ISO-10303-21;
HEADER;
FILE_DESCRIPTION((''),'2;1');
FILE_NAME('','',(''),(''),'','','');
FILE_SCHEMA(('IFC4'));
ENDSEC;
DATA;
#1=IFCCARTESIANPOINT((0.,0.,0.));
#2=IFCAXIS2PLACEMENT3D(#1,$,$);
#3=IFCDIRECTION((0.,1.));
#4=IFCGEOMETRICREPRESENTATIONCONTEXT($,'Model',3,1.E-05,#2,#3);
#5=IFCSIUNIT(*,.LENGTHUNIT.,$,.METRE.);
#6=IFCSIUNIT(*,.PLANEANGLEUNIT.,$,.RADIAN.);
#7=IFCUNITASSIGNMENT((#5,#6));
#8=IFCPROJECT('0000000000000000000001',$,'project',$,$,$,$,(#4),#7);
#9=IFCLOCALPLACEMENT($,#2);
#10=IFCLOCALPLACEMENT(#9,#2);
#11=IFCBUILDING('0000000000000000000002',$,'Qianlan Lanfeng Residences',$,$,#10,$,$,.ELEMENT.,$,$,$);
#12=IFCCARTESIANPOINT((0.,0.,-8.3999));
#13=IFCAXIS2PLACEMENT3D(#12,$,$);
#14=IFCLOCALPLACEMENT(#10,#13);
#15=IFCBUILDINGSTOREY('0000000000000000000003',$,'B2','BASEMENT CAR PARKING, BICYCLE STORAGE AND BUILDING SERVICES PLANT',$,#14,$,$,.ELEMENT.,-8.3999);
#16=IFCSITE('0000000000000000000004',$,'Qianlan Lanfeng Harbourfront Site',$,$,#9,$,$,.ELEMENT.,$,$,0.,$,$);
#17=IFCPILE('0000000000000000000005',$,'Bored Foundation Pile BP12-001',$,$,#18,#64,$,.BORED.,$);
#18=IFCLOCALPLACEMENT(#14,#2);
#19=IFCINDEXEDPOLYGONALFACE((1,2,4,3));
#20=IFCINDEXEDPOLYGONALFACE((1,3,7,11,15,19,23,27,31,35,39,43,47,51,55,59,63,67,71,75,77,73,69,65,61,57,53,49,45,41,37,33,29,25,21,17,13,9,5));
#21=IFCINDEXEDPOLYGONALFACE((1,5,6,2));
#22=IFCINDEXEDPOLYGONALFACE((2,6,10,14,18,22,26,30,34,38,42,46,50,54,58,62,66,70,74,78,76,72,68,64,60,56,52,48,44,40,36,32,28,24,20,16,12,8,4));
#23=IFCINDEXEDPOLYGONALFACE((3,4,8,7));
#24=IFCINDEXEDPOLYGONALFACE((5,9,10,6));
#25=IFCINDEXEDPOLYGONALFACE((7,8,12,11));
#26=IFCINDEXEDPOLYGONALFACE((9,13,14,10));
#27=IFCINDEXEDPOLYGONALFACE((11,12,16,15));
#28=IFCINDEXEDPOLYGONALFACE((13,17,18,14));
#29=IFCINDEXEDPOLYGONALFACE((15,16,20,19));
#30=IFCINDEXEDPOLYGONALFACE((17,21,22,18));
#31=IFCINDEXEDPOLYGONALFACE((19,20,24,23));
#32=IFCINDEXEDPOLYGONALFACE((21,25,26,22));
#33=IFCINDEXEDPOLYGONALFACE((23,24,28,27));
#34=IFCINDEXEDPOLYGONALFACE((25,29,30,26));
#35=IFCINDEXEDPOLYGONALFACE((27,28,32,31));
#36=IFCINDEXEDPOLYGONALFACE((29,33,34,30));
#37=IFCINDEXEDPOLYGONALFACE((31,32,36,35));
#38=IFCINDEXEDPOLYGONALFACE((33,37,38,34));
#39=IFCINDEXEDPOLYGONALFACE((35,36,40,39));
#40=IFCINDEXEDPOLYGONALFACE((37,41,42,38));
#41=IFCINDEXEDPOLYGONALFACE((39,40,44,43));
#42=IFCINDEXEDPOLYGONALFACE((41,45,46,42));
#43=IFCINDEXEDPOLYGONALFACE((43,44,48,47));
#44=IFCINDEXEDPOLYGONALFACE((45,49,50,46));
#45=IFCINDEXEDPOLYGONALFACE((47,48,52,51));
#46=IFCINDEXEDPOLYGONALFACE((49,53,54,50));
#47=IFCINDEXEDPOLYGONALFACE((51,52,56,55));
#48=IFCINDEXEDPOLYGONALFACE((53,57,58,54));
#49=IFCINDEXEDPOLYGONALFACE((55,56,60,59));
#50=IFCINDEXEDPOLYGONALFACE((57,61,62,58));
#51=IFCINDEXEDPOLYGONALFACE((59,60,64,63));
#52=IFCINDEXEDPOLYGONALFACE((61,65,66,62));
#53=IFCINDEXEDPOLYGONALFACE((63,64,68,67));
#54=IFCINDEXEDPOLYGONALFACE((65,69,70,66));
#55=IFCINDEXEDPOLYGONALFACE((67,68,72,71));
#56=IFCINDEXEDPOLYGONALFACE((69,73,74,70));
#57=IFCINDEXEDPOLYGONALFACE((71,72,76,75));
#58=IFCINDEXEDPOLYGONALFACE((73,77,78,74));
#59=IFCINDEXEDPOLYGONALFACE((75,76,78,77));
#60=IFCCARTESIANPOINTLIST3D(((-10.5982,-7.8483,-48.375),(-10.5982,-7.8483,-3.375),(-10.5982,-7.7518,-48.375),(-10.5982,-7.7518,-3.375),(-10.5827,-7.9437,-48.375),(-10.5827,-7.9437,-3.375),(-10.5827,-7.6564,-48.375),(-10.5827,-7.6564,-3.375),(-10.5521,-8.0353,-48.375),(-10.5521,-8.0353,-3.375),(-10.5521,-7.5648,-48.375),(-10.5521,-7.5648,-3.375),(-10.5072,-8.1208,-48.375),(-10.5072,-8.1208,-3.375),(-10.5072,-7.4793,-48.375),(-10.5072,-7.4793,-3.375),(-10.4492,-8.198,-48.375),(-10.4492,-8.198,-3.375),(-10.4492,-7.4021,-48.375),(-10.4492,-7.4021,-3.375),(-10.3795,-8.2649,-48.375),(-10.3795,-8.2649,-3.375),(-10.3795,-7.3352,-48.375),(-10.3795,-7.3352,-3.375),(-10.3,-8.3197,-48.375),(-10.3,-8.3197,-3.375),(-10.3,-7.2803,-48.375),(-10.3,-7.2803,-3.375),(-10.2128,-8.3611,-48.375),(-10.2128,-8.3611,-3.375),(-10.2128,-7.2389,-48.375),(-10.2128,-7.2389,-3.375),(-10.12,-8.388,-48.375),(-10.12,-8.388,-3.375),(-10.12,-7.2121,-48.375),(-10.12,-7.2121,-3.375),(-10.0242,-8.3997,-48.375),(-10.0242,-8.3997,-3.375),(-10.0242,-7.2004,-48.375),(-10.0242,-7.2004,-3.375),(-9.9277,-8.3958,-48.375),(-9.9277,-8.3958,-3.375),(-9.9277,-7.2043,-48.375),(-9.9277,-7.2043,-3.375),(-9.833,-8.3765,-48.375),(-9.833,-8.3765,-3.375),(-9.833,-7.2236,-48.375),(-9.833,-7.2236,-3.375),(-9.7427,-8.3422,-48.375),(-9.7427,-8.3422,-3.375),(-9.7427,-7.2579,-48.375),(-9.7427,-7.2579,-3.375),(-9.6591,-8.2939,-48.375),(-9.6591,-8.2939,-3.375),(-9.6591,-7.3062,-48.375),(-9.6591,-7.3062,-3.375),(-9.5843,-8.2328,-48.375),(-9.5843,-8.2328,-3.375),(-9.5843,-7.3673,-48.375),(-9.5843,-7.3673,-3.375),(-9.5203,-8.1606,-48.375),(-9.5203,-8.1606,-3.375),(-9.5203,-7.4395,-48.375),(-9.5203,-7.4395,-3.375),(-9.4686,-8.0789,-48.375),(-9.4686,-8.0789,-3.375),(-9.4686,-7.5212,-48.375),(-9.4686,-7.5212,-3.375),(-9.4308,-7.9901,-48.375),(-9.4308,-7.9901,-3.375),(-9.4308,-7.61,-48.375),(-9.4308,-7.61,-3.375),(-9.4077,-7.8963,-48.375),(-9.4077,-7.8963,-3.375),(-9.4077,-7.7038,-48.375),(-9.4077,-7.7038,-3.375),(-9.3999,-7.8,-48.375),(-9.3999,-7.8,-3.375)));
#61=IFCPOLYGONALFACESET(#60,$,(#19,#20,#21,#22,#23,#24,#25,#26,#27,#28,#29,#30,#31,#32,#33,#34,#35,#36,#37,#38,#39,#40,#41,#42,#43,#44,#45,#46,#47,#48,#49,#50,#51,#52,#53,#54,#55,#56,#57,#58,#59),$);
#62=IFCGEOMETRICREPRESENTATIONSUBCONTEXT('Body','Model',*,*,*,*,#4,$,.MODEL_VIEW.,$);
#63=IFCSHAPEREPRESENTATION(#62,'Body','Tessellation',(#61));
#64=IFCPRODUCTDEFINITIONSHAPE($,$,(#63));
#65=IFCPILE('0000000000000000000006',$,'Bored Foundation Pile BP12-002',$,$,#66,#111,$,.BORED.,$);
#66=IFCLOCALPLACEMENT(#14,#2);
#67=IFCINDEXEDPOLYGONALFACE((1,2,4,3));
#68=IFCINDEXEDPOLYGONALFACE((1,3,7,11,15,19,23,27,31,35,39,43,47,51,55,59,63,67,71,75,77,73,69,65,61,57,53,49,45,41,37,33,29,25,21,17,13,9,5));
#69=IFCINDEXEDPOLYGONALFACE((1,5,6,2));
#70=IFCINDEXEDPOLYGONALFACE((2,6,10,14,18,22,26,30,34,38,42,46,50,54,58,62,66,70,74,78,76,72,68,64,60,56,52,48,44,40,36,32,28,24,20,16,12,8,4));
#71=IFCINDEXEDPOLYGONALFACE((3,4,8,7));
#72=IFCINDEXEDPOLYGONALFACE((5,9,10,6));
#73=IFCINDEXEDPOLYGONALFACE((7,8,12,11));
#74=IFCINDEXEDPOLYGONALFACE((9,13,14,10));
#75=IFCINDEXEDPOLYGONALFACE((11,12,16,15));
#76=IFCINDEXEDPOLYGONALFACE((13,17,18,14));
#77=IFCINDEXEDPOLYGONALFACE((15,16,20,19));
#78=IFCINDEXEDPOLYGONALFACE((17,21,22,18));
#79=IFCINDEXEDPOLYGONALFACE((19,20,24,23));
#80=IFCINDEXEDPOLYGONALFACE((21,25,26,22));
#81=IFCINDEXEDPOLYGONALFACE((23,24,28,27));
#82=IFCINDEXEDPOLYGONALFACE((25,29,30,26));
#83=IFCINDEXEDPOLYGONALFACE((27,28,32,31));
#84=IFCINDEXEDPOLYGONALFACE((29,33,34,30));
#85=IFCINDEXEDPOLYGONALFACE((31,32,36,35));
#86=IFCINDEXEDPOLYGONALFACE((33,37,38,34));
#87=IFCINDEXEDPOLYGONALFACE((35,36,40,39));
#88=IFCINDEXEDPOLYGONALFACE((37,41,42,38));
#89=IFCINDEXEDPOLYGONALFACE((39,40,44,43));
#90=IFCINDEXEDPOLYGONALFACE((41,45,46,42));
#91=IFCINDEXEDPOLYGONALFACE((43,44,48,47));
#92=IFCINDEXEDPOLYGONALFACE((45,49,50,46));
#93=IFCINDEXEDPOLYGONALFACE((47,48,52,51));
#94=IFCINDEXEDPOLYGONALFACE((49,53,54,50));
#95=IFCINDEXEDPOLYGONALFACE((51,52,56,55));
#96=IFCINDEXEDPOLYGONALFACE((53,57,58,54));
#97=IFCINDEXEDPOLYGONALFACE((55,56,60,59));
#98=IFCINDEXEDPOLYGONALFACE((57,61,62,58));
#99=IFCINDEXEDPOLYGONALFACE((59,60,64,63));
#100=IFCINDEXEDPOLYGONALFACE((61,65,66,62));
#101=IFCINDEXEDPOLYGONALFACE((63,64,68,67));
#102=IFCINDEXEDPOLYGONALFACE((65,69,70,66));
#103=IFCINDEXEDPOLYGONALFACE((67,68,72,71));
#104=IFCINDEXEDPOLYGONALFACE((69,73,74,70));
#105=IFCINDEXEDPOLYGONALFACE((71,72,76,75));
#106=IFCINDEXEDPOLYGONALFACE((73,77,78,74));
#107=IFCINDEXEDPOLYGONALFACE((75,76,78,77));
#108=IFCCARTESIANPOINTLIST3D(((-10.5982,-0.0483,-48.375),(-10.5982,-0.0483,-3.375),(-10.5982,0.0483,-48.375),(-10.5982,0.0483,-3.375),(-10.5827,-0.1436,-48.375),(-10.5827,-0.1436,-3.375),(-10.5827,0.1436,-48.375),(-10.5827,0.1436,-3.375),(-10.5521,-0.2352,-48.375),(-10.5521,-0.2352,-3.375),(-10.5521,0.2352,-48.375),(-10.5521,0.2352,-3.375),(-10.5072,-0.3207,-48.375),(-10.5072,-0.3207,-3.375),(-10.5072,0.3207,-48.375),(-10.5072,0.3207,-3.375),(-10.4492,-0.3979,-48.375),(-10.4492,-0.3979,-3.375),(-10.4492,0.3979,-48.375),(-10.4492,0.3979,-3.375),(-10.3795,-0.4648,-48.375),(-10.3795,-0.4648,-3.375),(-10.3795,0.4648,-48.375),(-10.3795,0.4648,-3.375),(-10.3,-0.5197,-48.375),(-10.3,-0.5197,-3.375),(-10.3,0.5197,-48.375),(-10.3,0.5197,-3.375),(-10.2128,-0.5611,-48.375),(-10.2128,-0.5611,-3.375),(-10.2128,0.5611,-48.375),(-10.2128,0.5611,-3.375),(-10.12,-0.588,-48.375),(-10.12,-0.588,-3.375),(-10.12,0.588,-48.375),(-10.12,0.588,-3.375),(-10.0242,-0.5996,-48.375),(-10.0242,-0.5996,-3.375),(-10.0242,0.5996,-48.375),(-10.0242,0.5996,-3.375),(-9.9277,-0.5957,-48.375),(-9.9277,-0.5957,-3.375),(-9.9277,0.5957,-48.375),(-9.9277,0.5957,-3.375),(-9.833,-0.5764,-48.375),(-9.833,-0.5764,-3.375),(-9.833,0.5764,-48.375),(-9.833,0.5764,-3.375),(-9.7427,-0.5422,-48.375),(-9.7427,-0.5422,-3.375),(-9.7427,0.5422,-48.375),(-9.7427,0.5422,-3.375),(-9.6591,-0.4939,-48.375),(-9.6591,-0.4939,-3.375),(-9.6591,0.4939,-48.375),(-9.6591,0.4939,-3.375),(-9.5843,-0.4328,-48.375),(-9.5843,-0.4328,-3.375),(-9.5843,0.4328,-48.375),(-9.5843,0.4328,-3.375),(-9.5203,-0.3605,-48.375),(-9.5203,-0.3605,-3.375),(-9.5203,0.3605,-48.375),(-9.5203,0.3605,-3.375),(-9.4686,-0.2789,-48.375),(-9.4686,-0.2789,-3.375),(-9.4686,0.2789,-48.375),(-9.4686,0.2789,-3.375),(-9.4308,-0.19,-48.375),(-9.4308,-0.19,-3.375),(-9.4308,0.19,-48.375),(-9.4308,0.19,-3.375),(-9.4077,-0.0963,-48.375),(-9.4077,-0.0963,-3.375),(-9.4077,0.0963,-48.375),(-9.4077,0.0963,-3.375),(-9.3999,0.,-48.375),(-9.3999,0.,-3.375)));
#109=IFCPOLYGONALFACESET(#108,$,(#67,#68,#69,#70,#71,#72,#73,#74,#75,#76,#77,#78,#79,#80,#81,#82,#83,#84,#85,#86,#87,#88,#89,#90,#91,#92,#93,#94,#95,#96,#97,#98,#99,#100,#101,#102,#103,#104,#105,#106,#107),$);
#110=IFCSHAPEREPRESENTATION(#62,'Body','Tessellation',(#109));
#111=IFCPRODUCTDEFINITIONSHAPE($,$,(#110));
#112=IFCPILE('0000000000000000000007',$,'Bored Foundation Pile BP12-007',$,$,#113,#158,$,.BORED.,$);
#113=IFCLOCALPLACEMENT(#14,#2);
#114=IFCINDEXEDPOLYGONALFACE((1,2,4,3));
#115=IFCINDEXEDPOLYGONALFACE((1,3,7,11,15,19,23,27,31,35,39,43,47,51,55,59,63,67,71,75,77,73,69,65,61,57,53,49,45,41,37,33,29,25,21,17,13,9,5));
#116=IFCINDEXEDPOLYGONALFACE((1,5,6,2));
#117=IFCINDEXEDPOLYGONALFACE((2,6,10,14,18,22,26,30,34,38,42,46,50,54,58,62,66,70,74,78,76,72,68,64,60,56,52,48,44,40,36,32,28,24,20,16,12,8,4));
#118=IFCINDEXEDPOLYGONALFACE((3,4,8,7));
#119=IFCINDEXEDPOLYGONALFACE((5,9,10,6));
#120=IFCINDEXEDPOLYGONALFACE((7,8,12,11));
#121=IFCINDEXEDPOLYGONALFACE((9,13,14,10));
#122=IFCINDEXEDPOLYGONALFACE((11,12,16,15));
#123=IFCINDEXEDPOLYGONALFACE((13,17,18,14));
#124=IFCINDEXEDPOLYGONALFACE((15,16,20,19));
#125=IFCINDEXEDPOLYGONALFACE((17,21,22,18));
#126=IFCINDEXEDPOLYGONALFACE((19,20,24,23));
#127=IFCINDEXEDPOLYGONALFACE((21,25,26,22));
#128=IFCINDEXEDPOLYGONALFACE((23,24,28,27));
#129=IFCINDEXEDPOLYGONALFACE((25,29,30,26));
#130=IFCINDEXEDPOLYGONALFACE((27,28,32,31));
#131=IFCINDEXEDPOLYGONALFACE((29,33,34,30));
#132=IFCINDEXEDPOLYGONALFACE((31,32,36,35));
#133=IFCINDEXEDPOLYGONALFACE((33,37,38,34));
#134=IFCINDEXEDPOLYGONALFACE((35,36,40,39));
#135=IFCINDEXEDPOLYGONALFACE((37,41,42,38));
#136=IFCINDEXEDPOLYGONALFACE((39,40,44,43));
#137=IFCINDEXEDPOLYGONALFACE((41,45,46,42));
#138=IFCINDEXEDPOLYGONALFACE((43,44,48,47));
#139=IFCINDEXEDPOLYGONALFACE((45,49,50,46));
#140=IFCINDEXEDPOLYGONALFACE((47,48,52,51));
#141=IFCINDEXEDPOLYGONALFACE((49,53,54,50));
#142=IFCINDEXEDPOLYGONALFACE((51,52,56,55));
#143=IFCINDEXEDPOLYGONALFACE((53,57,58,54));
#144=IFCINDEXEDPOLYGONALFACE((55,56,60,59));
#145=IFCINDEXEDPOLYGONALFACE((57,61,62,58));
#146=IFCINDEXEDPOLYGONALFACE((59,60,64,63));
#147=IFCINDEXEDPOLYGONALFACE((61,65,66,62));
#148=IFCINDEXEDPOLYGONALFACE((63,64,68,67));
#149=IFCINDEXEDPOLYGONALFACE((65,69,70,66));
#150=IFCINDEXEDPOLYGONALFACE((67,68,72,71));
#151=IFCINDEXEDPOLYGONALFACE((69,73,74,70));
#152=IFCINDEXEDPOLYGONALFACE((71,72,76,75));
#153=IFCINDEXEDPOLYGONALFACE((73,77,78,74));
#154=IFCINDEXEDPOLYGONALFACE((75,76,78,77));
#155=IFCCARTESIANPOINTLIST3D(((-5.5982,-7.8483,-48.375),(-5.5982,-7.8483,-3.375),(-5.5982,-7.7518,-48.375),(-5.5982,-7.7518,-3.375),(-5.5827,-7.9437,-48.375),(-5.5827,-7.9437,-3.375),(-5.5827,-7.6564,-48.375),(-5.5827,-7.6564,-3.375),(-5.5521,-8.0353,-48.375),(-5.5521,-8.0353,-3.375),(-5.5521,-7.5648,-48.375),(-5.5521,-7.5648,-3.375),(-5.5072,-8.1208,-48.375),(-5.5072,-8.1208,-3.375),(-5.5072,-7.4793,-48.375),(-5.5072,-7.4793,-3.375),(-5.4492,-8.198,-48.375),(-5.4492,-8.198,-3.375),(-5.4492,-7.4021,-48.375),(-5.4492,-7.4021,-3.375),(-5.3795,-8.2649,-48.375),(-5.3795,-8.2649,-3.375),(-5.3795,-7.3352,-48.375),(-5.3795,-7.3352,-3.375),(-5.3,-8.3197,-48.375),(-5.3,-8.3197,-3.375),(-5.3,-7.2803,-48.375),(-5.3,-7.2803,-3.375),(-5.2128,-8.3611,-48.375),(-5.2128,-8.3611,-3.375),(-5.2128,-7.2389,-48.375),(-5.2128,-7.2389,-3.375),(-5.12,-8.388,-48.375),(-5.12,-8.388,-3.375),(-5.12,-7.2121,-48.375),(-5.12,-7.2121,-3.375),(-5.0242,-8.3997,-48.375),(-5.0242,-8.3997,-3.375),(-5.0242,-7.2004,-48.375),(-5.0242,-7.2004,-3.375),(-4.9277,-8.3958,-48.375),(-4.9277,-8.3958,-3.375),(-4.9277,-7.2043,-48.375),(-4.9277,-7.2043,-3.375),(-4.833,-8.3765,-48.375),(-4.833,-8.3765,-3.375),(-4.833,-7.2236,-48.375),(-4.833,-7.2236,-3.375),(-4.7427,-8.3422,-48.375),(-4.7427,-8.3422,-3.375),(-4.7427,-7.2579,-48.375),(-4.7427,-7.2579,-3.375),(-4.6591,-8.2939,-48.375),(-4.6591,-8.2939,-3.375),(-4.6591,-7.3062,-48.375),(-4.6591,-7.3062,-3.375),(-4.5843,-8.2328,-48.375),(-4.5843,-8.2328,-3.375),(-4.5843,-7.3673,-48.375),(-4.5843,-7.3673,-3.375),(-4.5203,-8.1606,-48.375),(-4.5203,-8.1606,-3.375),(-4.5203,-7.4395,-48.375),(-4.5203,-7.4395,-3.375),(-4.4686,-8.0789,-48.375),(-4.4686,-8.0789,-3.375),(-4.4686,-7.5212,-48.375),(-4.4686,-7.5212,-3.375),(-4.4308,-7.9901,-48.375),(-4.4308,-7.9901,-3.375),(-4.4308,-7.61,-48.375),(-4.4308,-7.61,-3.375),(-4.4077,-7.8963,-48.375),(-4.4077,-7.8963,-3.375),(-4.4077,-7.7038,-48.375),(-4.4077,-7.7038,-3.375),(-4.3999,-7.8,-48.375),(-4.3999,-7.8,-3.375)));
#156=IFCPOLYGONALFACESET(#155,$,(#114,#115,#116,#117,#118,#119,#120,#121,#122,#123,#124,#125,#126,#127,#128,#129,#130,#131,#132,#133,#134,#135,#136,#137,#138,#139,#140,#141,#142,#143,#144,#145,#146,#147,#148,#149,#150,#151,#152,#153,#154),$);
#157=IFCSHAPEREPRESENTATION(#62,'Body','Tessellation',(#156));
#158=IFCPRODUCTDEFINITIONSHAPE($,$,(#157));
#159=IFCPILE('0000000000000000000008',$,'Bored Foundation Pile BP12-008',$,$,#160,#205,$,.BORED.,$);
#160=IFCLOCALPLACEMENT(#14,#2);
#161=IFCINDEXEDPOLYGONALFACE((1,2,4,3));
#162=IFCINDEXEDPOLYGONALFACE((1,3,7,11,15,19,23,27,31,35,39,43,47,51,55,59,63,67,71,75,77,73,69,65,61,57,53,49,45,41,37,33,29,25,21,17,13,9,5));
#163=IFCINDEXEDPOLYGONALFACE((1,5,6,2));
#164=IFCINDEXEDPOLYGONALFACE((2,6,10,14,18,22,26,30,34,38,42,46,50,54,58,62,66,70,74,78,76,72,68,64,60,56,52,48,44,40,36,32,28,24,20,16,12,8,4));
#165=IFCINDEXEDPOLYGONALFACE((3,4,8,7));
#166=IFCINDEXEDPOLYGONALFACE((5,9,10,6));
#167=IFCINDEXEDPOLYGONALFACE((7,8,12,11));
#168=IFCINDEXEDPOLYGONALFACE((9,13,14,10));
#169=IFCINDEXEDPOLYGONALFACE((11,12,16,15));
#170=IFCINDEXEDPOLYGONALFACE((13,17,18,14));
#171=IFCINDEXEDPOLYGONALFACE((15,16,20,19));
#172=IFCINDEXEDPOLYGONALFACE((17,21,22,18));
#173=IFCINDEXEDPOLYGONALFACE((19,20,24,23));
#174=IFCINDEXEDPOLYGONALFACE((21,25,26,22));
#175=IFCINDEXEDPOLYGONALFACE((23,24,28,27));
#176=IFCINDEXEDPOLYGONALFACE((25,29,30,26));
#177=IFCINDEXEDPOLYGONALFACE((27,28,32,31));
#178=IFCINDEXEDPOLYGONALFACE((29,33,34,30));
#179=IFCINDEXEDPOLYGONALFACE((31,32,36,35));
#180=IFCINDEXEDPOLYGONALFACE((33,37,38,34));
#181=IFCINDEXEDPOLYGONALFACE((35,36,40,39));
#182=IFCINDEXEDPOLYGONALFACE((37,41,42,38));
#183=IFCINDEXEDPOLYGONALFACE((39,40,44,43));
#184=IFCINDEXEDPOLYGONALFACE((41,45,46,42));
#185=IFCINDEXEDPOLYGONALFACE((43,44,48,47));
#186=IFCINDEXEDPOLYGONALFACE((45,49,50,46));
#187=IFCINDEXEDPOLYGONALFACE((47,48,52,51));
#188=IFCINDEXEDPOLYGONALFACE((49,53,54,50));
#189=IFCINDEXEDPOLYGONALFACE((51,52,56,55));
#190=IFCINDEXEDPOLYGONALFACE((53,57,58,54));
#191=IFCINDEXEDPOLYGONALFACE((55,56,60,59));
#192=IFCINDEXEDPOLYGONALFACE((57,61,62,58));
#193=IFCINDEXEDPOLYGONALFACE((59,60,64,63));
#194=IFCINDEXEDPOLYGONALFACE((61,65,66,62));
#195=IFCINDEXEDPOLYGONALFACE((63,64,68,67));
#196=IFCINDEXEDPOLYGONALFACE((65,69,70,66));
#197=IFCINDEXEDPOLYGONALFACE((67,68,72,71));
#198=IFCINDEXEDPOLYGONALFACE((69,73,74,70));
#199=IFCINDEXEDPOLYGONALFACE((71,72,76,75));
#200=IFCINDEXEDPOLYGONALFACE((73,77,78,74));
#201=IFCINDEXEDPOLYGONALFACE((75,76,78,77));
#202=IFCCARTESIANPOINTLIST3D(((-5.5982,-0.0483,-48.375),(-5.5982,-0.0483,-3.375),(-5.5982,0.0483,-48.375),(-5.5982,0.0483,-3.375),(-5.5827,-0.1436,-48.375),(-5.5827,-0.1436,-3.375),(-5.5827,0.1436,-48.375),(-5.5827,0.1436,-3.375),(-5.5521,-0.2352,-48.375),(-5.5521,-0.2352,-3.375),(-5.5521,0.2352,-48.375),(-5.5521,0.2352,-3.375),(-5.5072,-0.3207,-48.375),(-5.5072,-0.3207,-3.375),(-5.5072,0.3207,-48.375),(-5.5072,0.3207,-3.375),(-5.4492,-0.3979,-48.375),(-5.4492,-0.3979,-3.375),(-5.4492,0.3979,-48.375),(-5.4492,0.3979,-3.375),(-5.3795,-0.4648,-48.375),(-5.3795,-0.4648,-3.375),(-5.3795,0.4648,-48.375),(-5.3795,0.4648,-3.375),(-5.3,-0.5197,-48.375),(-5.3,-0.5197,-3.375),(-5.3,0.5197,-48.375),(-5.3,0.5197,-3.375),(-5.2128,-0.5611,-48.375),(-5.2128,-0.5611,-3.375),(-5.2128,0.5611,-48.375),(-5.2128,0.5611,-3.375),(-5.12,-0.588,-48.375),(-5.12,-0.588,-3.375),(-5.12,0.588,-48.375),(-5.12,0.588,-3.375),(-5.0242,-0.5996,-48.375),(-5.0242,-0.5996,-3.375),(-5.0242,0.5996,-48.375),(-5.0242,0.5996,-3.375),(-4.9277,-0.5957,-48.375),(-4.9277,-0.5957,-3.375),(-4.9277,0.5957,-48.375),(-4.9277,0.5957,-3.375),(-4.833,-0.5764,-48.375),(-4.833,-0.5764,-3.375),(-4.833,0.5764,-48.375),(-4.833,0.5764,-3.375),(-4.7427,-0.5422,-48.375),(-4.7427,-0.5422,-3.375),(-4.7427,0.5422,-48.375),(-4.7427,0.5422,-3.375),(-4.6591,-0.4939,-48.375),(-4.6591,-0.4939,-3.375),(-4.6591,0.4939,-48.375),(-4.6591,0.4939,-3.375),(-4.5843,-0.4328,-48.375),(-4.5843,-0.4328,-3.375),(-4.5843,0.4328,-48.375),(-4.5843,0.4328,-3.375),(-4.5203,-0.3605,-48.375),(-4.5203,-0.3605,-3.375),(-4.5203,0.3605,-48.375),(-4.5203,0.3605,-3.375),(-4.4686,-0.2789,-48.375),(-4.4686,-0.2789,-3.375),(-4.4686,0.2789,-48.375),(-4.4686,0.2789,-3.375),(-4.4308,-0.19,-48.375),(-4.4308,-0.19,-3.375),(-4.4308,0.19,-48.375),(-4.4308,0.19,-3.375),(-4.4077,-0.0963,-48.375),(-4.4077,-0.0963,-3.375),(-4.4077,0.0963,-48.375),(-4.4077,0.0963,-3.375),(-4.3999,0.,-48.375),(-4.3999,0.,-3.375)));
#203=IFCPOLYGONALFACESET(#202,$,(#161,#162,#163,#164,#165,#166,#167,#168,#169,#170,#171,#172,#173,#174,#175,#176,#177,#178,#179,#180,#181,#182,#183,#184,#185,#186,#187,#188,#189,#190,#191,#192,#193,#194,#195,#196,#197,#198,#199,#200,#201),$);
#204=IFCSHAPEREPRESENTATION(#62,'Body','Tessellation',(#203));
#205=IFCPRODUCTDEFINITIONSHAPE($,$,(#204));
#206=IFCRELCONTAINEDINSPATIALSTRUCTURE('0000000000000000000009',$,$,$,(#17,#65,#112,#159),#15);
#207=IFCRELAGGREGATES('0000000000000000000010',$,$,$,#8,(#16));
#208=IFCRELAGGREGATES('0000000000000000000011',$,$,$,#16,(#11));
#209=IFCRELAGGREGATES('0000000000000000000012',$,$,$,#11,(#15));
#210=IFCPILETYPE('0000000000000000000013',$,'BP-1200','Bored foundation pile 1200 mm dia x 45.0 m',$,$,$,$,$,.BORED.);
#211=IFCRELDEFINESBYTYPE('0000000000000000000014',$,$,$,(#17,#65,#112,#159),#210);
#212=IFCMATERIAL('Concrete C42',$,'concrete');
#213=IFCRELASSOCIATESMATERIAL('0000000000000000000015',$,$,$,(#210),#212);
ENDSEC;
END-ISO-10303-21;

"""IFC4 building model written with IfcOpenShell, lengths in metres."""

from ifc_helpers import new_model, si_unit, direction, frame, origin, origin_2d, place, context, subcontext, project, spatial, circle, extrude, material, material_profile, profile_set, type_object, element, save


model = new_model("IFC4")

# Units and contexts
model_context = context("Model", 3, precision=1e-05, world=origin(), true_north=direction((0.0, 1.0)))
body_context = subcontext(model_context, "Body", "Model", "MODEL_VIEW")
ifc_project = project(units=[si_unit("LENGTHUNIT", "METRE"), si_unit("PLANEANGLEUNIT", "RADIAN")], contexts=[model_context])

# Site, building, storey
site_placement = place(None, origin())
site = spatial("IfcSite", under=ifc_project, at=site_placement, Name="Qianlan Lanfeng Harbourfront Site", CompositionType="ELEMENT", RefElevation=0.0)
building_placement = place(site_placement, origin())
building = spatial("IfcBuilding", under=site, at=building_placement, Name="Qianlan Lanfeng Residences", CompositionType="ELEMENT")
storey_placement = place(building_placement, frame((0.0, 0.0, -8.3999)))
storey = spatial("IfcBuildingStorey", under=building, at=storey_placement, Name="B2", Description="BASEMENT CAR PARKING, BICYCLE STORAGE AND BUILDING SERVICES PLANT", CompositionType="ELEMENT", Elevation=-8.3999)

# Piles
ifc_material_1 = material(Name="Concrete C42", Category="concrete")
ifc_material_profile_1 = material_profile(ifc_material_1, circle(Radius=0.6001, at=origin_2d()), Name="PILE D1200")
ifc_profile_set_1 = profile_set([ifc_material_profile_1], Name="Concrete C42")
pile_type_1 = type_object("IfcPileType", Name="BP-1200", Description="Bored foundation pile 1200 mm dia x 45.0 m", PredefinedType="BORED", material=ifc_profile_set_1)
for number, where, z_axis, x_axis, name in (
    (1, (-10.0, -7.8, -3.375), (0.0, 0.0, -1.0), (1.0, 0.0, 0.0), "Bored Foundation Pile BP12-001"),
    (2, (-10.0, 0.0, -3.375), (0.0, 0.0, -1.0), (1.0, 0.0, 0.0), "Bored Foundation Pile BP12-002"),
    (3, (-5.0, -7.8, -3.375), (0.0, 0.0, -1.0), (1.0, 0.0, 0.0), "Bored Foundation Pile BP12-007"),
    (4, (-5.0, 0.0, -3.375), (0.0, 0.0, -1.0), (1.0, 0.0, 0.0), "Bored Foundation Pile BP12-008"),
):
    element("IfcPile", number, at=place(storey_placement, frame(where, z_axis=z_axis, x_axis=x_axis)), inside=storey, type_object=pile_type_1, Name=name, PredefinedType="BORED", context=body_context, shape_type="SweptSolid", body=[
        extrude(circle(Radius=0.6001, at=origin_2d()), origin(), (0.0, 0.0, 1.0), 45.0),
    ])

save(model, "model.ifc")
